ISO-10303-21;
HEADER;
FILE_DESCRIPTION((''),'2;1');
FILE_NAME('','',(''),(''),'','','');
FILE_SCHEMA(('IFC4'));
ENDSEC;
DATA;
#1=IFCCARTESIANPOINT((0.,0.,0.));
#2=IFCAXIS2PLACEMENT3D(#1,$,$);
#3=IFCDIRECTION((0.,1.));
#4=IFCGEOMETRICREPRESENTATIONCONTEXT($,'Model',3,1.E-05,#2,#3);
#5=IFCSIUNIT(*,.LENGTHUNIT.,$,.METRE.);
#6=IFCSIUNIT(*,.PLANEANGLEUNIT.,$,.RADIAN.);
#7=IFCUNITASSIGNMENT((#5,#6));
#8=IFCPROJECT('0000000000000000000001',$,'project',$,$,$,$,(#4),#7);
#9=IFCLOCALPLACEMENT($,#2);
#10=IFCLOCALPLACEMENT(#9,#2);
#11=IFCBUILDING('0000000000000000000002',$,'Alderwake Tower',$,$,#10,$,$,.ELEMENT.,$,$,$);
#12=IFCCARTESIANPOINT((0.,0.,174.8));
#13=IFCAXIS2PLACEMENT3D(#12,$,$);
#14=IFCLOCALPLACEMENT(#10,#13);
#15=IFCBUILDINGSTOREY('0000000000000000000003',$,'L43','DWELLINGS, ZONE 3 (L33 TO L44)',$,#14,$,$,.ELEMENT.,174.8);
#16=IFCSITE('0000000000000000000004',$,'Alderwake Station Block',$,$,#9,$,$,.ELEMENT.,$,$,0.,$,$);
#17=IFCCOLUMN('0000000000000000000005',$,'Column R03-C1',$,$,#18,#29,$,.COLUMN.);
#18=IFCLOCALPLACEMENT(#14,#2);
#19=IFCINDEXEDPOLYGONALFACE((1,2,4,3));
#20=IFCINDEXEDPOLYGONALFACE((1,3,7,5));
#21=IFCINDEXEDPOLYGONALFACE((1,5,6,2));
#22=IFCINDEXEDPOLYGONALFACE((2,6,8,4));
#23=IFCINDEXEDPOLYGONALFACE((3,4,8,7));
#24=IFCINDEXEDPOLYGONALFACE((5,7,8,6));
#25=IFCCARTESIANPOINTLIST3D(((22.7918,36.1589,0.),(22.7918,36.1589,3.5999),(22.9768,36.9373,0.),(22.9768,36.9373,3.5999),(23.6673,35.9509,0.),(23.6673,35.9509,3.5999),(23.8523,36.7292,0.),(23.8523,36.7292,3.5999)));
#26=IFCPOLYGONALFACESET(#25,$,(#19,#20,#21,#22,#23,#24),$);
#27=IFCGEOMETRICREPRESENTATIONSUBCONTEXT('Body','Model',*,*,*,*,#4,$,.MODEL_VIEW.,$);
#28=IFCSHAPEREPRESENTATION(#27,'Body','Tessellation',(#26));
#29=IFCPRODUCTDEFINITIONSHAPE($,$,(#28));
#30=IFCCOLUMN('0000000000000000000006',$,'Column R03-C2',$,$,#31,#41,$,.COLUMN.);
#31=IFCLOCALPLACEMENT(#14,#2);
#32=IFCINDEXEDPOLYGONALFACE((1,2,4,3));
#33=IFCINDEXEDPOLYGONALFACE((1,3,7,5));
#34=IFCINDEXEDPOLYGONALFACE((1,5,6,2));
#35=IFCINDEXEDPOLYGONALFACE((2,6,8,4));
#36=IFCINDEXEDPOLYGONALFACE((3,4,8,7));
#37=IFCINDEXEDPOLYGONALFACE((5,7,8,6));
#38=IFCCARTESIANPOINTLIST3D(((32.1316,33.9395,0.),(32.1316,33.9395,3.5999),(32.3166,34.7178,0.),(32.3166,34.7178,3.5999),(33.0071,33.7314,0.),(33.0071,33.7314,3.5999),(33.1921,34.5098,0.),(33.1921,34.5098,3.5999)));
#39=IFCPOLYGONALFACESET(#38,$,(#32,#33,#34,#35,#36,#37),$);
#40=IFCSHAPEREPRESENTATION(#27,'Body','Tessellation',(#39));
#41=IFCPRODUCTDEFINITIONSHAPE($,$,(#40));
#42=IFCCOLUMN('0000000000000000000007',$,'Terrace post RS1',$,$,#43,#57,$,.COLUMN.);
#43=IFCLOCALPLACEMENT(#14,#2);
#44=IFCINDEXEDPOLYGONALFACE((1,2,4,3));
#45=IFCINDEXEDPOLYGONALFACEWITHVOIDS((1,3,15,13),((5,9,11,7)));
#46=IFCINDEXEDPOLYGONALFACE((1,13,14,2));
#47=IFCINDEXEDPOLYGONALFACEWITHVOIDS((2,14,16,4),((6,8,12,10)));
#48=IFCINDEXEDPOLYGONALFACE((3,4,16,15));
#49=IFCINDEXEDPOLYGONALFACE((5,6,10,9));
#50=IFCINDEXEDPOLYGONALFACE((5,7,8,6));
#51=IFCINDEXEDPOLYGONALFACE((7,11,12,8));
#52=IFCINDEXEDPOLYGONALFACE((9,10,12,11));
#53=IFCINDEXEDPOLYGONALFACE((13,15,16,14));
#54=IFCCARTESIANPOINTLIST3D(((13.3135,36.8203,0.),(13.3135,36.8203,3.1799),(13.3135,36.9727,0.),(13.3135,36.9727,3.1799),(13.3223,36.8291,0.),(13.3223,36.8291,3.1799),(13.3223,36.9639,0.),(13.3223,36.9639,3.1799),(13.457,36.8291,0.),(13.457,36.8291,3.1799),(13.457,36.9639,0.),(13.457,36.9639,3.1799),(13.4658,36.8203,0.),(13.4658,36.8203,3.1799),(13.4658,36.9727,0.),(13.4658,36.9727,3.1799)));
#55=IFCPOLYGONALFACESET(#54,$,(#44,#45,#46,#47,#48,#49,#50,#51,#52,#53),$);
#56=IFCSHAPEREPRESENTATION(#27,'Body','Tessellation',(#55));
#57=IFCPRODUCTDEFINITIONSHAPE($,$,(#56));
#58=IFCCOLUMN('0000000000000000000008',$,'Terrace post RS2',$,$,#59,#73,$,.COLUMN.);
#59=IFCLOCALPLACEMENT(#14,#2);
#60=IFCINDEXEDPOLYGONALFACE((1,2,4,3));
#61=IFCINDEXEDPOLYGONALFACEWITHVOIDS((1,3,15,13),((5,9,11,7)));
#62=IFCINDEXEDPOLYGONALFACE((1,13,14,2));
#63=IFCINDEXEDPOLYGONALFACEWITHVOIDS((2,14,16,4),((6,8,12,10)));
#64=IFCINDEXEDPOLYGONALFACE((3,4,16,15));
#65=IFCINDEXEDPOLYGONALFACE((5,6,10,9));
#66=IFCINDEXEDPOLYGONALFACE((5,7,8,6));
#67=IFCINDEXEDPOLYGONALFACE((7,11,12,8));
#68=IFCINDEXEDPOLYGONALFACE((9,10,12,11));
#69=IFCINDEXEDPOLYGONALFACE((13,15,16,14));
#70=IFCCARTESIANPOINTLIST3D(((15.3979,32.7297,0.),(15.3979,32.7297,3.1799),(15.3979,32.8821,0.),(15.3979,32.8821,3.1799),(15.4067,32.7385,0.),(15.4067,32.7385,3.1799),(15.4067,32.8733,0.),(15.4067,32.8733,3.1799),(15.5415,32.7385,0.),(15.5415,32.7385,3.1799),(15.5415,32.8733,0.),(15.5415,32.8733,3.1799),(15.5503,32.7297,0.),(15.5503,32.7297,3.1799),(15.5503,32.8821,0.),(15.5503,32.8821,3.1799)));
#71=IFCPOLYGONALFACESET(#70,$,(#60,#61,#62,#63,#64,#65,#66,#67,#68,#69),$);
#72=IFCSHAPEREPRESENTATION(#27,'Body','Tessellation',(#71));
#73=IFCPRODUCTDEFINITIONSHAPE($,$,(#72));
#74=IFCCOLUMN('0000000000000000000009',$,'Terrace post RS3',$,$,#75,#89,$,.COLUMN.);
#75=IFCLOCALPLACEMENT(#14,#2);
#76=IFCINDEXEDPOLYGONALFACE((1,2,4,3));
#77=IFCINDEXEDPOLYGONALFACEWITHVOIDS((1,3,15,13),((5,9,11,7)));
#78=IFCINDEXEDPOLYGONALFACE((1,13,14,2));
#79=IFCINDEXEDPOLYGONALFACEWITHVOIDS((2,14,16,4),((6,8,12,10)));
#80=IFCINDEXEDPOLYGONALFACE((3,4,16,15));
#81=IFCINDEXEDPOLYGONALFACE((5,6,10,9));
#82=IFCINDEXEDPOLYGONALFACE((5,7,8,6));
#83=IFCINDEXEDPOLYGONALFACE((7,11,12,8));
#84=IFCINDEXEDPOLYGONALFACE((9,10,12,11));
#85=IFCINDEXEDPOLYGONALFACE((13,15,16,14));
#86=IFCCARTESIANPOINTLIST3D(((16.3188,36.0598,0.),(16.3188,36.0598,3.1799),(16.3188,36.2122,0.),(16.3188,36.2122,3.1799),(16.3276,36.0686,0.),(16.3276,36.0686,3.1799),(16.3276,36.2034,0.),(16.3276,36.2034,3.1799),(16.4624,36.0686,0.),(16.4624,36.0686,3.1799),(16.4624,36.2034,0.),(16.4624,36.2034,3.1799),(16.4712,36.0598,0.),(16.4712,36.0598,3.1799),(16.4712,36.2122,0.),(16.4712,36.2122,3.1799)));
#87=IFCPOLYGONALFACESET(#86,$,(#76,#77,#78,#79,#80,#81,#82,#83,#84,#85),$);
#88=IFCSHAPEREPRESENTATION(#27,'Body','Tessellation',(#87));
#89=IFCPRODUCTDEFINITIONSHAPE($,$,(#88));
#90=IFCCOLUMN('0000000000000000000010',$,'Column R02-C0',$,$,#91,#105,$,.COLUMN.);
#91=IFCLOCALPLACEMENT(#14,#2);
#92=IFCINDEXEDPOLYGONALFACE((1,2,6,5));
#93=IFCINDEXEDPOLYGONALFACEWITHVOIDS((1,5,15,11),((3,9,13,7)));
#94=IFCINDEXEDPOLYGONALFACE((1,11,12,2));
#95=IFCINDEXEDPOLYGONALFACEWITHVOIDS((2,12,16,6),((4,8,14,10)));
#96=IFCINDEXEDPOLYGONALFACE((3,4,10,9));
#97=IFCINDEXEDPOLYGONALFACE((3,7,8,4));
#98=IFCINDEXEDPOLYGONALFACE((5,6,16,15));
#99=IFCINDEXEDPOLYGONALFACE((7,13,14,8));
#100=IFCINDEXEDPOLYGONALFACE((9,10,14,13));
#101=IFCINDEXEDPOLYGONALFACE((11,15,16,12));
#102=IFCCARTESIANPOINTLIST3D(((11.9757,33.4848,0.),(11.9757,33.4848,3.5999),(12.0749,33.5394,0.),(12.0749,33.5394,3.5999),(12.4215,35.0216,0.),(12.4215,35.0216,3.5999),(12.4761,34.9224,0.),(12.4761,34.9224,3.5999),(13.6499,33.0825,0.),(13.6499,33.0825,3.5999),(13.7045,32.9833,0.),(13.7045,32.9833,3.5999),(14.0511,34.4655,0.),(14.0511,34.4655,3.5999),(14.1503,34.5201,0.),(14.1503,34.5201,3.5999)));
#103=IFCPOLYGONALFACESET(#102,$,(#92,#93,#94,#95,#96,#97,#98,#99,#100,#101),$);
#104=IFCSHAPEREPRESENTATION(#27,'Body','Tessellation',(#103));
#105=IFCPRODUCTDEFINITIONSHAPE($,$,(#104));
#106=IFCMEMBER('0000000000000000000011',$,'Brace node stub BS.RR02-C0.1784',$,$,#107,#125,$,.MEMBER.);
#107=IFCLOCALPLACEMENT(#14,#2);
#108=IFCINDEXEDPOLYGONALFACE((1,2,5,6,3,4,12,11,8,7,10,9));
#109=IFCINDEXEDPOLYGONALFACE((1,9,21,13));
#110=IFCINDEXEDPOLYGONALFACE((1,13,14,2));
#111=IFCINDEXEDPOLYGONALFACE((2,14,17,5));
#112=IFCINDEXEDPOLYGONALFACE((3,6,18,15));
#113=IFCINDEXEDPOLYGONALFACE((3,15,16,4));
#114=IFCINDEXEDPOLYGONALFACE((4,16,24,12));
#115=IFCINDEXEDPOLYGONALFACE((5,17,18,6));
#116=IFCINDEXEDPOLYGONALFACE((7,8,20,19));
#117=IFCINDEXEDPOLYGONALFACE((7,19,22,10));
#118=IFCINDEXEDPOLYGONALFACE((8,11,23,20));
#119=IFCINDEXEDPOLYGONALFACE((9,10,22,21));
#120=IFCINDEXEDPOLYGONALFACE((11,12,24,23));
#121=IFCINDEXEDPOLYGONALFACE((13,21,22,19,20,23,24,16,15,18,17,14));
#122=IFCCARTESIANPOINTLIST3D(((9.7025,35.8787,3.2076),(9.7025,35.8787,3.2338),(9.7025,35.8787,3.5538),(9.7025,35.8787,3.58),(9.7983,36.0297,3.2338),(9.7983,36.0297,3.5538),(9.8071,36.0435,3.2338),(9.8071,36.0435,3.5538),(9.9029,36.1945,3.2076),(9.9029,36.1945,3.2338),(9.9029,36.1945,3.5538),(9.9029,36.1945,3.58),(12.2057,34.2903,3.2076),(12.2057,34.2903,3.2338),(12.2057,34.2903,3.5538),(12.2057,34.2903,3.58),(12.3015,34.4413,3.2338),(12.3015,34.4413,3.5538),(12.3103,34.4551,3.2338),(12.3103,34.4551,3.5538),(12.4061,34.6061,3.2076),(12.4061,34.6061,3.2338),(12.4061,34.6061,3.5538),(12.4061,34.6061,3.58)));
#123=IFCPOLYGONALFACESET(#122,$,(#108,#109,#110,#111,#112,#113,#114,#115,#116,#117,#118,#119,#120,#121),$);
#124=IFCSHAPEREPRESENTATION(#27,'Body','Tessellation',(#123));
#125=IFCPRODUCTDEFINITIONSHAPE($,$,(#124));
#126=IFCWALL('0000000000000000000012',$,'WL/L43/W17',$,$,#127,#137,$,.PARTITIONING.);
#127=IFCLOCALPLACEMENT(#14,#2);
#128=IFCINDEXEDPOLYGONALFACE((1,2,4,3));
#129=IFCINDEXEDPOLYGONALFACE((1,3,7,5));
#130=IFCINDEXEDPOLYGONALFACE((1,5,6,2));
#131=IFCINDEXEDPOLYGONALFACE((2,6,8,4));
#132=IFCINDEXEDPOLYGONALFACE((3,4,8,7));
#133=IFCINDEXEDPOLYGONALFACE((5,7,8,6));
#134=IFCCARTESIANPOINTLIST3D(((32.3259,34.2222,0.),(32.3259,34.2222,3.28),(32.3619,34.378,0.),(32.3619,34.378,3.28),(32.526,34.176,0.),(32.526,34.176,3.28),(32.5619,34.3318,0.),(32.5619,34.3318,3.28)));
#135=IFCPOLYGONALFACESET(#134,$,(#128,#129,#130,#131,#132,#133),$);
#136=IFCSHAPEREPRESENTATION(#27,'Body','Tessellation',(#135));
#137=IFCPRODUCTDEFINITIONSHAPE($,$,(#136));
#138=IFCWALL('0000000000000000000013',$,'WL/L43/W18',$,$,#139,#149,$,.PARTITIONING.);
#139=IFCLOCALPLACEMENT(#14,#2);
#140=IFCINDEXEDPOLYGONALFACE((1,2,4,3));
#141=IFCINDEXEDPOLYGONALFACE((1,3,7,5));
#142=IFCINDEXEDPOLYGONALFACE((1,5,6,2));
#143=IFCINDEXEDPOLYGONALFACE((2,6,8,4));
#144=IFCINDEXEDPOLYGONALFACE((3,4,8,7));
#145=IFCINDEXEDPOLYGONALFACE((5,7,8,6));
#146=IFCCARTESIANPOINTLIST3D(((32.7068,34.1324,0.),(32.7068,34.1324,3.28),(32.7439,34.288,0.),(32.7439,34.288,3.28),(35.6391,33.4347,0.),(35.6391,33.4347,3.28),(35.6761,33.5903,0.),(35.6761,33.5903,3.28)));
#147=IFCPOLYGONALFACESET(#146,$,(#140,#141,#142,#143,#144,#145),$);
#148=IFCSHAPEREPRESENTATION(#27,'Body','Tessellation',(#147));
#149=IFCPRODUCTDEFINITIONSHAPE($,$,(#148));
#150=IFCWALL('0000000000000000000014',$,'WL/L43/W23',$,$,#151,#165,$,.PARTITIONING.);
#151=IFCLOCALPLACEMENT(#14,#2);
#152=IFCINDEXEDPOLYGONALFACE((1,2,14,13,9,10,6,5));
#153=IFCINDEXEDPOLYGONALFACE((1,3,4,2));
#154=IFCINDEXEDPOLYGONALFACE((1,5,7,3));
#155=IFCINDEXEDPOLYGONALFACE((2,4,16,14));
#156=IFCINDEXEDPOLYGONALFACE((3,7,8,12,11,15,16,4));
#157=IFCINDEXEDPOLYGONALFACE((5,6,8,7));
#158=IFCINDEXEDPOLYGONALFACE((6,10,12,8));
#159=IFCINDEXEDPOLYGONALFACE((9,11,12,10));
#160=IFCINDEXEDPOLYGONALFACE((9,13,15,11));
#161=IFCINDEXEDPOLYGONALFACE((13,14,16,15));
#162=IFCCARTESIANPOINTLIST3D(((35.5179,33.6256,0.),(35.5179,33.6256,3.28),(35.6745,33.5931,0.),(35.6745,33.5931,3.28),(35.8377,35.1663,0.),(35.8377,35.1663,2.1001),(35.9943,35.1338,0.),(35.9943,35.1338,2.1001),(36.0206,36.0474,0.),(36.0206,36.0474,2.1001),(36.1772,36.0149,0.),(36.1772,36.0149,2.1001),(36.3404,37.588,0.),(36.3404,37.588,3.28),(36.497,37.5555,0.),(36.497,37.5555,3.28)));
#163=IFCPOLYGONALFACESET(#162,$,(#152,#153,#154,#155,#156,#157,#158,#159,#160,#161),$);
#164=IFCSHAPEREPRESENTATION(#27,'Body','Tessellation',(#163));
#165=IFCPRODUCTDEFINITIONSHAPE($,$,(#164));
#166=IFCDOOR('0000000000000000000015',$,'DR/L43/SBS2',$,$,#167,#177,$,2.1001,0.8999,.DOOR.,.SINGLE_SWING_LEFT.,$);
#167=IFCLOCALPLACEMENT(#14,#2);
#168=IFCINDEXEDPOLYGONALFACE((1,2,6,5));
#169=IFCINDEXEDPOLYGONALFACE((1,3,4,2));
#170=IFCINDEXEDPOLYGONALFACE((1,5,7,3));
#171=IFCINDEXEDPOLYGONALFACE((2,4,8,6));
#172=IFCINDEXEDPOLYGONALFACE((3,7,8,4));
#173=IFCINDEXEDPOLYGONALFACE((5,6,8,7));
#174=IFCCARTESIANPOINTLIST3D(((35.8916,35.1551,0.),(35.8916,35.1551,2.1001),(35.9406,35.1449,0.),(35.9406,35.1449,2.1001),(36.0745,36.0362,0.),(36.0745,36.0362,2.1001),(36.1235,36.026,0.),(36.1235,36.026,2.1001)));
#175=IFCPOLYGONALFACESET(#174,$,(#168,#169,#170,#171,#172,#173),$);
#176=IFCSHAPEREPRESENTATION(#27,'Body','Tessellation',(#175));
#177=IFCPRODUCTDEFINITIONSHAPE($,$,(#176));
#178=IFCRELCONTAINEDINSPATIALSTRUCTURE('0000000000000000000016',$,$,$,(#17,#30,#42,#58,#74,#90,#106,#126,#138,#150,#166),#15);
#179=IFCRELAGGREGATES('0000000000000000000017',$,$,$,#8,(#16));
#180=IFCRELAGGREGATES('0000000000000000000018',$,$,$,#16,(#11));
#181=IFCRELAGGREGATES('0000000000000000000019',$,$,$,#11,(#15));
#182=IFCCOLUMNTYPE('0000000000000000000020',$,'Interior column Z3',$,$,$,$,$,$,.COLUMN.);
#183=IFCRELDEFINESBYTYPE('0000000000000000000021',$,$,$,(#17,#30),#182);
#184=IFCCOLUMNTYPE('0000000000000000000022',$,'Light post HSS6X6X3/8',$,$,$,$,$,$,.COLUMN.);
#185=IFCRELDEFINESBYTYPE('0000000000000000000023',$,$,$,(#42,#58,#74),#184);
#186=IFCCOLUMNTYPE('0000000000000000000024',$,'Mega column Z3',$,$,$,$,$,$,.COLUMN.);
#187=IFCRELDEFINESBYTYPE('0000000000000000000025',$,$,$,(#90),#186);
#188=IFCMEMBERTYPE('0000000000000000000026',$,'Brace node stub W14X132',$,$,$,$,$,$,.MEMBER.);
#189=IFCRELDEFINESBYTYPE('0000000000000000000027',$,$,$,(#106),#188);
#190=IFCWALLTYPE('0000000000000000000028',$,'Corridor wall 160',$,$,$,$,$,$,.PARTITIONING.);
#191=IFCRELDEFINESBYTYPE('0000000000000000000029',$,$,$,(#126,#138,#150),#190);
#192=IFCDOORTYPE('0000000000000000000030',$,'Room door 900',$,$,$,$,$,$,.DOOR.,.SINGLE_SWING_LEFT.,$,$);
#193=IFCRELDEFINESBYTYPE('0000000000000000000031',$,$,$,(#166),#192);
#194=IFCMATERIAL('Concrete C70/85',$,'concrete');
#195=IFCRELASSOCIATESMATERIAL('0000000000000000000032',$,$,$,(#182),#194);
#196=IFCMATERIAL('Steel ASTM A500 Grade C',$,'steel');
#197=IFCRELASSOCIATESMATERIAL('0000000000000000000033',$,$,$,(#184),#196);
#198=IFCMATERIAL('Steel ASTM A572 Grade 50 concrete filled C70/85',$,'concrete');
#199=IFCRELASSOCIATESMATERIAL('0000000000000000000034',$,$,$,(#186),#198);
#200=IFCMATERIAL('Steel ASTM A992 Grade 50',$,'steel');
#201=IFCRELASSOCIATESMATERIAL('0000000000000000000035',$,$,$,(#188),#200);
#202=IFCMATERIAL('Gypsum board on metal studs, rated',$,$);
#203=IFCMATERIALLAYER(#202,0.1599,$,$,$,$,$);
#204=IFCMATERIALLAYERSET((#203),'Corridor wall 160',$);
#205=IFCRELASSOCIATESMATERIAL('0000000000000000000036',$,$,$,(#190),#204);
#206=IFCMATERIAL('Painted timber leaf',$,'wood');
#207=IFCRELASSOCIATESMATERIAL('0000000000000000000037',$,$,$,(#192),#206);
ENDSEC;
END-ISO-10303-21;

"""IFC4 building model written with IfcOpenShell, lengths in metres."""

from ifc_helpers import new_model, si_unit, direction, frame, frame_2d, origin, origin_2d, place, context, subcontext, project, spatial, rectangle, hollow_rectangle, i_section, extrude, material, layer, layer_set, material_profile, profile_set, type_object, element, fill, save


model = new_model("IFC4")

# Units and contexts
model_context = context("Model", 3, precision=1e-05, world=origin(), true_north=direction((0.0, 1.0)))
body_context = subcontext(model_context, "Body", "Model", "MODEL_VIEW")
ifc_project = project(units=[si_unit("LENGTHUNIT", "METRE"), si_unit("PLANEANGLEUNIT", "RADIAN")], contexts=[model_context])

# Site, building, storey
site_placement = place(None, origin())
site = spatial("IfcSite", under=ifc_project, at=site_placement, Name="Alderwake Station Block", CompositionType="ELEMENT", RefElevation=0.0)
building_placement = place(site_placement, origin())
building = spatial("IfcBuilding", under=site, at=building_placement, Name="Alderwake Tower", CompositionType="ELEMENT")
storey_placement = place(building_placement, frame((0.0, 0.0, 174.8)))
storey = spatial("IfcBuildingStorey", under=building, at=storey_placement, Name="L43", Description="DWELLINGS, ZONE 3 (L33 TO L44)", CompositionType="ELEMENT", Elevation=174.8)

# Columns
ifc_material_1 = material(Name="Concrete C70/85", Category="concrete")
ifc_material_profile_1 = material_profile(ifc_material_1, rectangle(XDim=0.8, YDim=0.8999, at=origin_2d()), Name="RC 900X800")
ifc_profile_set_1 = profile_set([ifc_material_profile_1], Name="Concrete C70/85")
column_type_1 = type_object("IfcColumnType", Name="Interior column Z3", PredefinedType="COLUMN", material=ifc_profile_set_1)
for number, where, z_axis, x_axis, name in (
    (1, (23.322, 36.4441, 0.0), (0.0, 0.0, 1.0), (0.231222, 0.972901, 0.0), "Column R03-C1"),
    (2, (32.6619, 34.2246, 0.0), (0.0, 0.0, 1.0), (0.231222, 0.972901, 0.0), "Column R03-C2"),
):
    element("IfcColumn", number, at=place(storey_placement, frame(where, z_axis=z_axis, x_axis=x_axis)), inside=storey, type_object=column_type_1, Name=name, PredefinedType="COLUMN", context=body_context, shape_type="SweptSolid", body=[
        extrude(rectangle(XDim=0.8, YDim=0.8999, at=origin_2d()), origin(), (0.0, 0.0, 1.0), 3.5999),
    ])
ifc_material_2 = material(Name="Steel ASTM A500 Grade C", Category="steel")
ifc_material_profile_2 = material_profile(ifc_material_2, hollow_rectangle(XDim=0.1523, YDim=0.1523, WallThickness=0.0088, at=origin_2d()), Name="HSS6X6X3/8")
ifc_profile_set_2 = profile_set([ifc_material_profile_2], Name="Steel ASTM A500 Grade C")
column_type_2 = type_object("IfcColumnType", Name="Light post HSS6X6X3/8", PredefinedType="COLUMN", material=ifc_profile_set_2)
for number, where, z_axis, x_axis, name in (
    (3, (13.3896, 36.8965, 0.0), (0.0, 0.0, 1.0), (1.0, 0.0, 0.0), "Terrace post RS1"),
    (4, (15.4741, 32.8059, 0.0), (0.0, 0.0, 1.0), (1.0, 0.0, 0.0), "Terrace post RS2"),
    (5, (16.395, 36.136, 0.0), (0.0, 0.0, 1.0), (1.0, 0.0, 0.0), "Terrace post RS3"),
):
    element("IfcColumn", number, at=place(storey_placement, frame(where, z_axis=z_axis, x_axis=x_axis)), inside=storey, type_object=column_type_2, Name=name, PredefinedType="COLUMN", context=body_context, shape_type="SweptSolid", body=[
        extrude(hollow_rectangle(XDim=0.1523, YDim=0.1523, WallThickness=0.0088, at=origin_2d()), origin(), (0.0, 0.0, 1.0), 3.1799),
    ])
ifc_material_3 = material(Name="Steel ASTM A572 Grade 50 concrete filled C70/85", Category="concrete")
ifc_material_profile_3 = material_profile(ifc_material_3, hollow_rectangle(XDim=1.6001, YDim=1.8, WallThickness=0.0801, at=origin_2d()), Name="BOX 1800X1600X80")
ifc_profile_set_3 = profile_set([ifc_material_profile_3], Name="Steel ASTM A572 Grade 50 concrete filled C70/85")
column_type_3 = type_object("IfcColumnType", Name="Mega column Z3", PredefinedType="COLUMN", material=ifc_profile_set_3)
column_placement = place(storey_placement, frame((13.063, 34.0024, 0.0), z_axis=(0.0, 0.0, 1.0), x_axis=(0.278612, 0.960404, 0.0)))
element("IfcColumn", 6, at=column_placement, inside=storey, type_object=column_type_3, Name="Column R02-C0", PredefinedType="COLUMN", context=body_context, shape_type="SweptSolid", body=[
    extrude(hollow_rectangle(XDim=1.6001, YDim=1.8, WallThickness=0.0801, at=origin_2d()), origin(), (0.0, 0.0, 1.0), 3.5999),
])

# Member
ifc_material_4 = material(Name="Steel ASTM A992 Grade 50", Category="steel")
ifc_material_profile_4 = material_profile(ifc_material_4, i_section(OverallWidth=0.374, OverallDepth=0.3723, WebThickness=0.0164, FlangeThickness=0.0261, at=origin_2d()), Name="W14X132")
ifc_profile_set_4 = profile_set([ifc_material_profile_4], Name="Steel ASTM A992 Grade 50")
member_type = type_object("IfcMemberType", Name="Brace node stub W14X132", PredefinedType="MEMBER", material=ifc_profile_set_4)
member_placement = place(storey_placement, frame((12.3059, 34.4482, 3.3938), z_axis=(-0.844356, 0.535783, 0.0), x_axis=(-0.535783, -0.844356, 0.0)))
element("IfcMember", 7, at=member_placement, inside=storey, type_object=member_type, Name="Brace node stub BS.RR02-C0.1784", PredefinedType="MEMBER", context=body_context, shape_type="SweptSolid", body=[
    extrude(i_section(OverallWidth=0.374, OverallDepth=0.3723, WebThickness=0.0164, FlangeThickness=0.0261, at=origin_2d()), origin(), (0.0, 0.0, 1.0), 2.9646),
])

# Walls
ifc_material_5 = material(Name="Gypsum board on metal studs, rated")
ifc_layer_1 = layer(ifc_material_5, 0.1599)
ifc_layer_set_1 = layer_set([ifc_layer_1], Name="Corridor wall 160")
wall_type_1 = type_object("IfcWallType", Name="Corridor wall 160", PredefinedType="PARTITIONING", material=ifc_layer_set_1)
wall_1_placement = place(storey_placement, frame((32.344, 34.3, 0.0), z_axis=(0.0, 0.0, 1.0), x_axis=(0.974391, -0.22486, 0.0)))
element("IfcWall", 8, at=wall_1_placement, inside=storey, type_object=wall_type_1, Name="WL/L43/W17", PredefinedType="PARTITIONING", context=body_context, shape_type="SweptSolid", body=[
    extrude(rectangle(XDim=0.2053, YDim=0.1599, at=frame_2d((0.1025, 0.0))), origin(), (0.0, 0.0, 1.0), 3.28),
])
wall_2_placement = place(storey_placement, frame((32.7253, 34.2102, 0.0), z_axis=(0.0, 0.0, 1.0), x_axis=(0.972838, -0.231485, 0.0)))
element("IfcWall", 9, at=wall_2_placement, inside=storey, type_object=wall_type_1, Name="WL/L43/W18", PredefinedType="PARTITIONING", context=body_context, shape_type="SweptSolid", body=[
    extrude(rectangle(XDim=3.0142, YDim=0.1599, at=frame_2d((1.5071, 0.0))), origin(), (0.0, 0.0, 1.0), 3.28),
])

# Wall, opening, door
wall_3_placement = place(storey_placement, frame((35.5962, 33.6094, 0.0), z_axis=(0.0, 0.0, 1.0), x_axis=(0.203246, 0.979128, 0.0)))
wall_3 = element("IfcWall", 10, at=wall_3_placement, inside=storey, type_object=wall_type_1, Name="WL/L43/W23", PredefinedType="PARTITIONING", context=body_context, shape_type="SweptSolid", body=[
    extrude(rectangle(XDim=4.0469, YDim=0.1599, at=frame_2d((2.0234, 0.0))), origin(), (0.0, 0.0, 1.0), 3.28),
])
opening_1_placement = place(wall_3_placement, frame((1.5735, 0.0, 0.0)))
opening_1 = element("IfcOpeningElement", 11, at=opening_1_placement, cuts=wall_3, PredefinedType="OPENING", context=body_context, shape_type="SweptSolid", body=[
    extrude(rectangle(XDim=0.8999, YDim=2.1001, at=frame_2d((0.45, 1.05))), frame((0.0, 0.0898, 0.0), z_axis=(0.0, -1.0, 0.0), x_axis=(1.0, 0.0, 0.0)), (0.0, 0.0, 1.0), 0.1799),
])
ifc_material_6 = material(Name="Painted timber leaf", Category="wood")
door_type_1 = type_object("IfcDoorType", Name="Room door 900", OperationType="SINGLE_SWING_LEFT", PredefinedType="DOOR", material=ifc_material_6)
door_1_placement = place(opening_1_placement, origin())
door_1 = element("IfcDoor", 12, at=door_1_placement, inside=storey, type_object=door_type_1, Name="DR/L43/SBS2", OperationType="SINGLE_SWING_LEFT", OverallHeight=2.1001, OverallWidth=0.8999, PredefinedType="DOOR", context=body_context, shape_type="SweptSolid", body=[
    extrude(rectangle(XDim=0.8999, YDim=2.1001, at=frame_2d((0.45, 1.05))), frame((0.0, 0.0249, 0.0), z_axis=(0.0, -1.0, 0.0), x_axis=(1.0, 0.0, 0.0)), (0.0, 0.0, 1.0), 0.05),
])
fill(opening_1, door_1)

save(model, "model.ifc")
